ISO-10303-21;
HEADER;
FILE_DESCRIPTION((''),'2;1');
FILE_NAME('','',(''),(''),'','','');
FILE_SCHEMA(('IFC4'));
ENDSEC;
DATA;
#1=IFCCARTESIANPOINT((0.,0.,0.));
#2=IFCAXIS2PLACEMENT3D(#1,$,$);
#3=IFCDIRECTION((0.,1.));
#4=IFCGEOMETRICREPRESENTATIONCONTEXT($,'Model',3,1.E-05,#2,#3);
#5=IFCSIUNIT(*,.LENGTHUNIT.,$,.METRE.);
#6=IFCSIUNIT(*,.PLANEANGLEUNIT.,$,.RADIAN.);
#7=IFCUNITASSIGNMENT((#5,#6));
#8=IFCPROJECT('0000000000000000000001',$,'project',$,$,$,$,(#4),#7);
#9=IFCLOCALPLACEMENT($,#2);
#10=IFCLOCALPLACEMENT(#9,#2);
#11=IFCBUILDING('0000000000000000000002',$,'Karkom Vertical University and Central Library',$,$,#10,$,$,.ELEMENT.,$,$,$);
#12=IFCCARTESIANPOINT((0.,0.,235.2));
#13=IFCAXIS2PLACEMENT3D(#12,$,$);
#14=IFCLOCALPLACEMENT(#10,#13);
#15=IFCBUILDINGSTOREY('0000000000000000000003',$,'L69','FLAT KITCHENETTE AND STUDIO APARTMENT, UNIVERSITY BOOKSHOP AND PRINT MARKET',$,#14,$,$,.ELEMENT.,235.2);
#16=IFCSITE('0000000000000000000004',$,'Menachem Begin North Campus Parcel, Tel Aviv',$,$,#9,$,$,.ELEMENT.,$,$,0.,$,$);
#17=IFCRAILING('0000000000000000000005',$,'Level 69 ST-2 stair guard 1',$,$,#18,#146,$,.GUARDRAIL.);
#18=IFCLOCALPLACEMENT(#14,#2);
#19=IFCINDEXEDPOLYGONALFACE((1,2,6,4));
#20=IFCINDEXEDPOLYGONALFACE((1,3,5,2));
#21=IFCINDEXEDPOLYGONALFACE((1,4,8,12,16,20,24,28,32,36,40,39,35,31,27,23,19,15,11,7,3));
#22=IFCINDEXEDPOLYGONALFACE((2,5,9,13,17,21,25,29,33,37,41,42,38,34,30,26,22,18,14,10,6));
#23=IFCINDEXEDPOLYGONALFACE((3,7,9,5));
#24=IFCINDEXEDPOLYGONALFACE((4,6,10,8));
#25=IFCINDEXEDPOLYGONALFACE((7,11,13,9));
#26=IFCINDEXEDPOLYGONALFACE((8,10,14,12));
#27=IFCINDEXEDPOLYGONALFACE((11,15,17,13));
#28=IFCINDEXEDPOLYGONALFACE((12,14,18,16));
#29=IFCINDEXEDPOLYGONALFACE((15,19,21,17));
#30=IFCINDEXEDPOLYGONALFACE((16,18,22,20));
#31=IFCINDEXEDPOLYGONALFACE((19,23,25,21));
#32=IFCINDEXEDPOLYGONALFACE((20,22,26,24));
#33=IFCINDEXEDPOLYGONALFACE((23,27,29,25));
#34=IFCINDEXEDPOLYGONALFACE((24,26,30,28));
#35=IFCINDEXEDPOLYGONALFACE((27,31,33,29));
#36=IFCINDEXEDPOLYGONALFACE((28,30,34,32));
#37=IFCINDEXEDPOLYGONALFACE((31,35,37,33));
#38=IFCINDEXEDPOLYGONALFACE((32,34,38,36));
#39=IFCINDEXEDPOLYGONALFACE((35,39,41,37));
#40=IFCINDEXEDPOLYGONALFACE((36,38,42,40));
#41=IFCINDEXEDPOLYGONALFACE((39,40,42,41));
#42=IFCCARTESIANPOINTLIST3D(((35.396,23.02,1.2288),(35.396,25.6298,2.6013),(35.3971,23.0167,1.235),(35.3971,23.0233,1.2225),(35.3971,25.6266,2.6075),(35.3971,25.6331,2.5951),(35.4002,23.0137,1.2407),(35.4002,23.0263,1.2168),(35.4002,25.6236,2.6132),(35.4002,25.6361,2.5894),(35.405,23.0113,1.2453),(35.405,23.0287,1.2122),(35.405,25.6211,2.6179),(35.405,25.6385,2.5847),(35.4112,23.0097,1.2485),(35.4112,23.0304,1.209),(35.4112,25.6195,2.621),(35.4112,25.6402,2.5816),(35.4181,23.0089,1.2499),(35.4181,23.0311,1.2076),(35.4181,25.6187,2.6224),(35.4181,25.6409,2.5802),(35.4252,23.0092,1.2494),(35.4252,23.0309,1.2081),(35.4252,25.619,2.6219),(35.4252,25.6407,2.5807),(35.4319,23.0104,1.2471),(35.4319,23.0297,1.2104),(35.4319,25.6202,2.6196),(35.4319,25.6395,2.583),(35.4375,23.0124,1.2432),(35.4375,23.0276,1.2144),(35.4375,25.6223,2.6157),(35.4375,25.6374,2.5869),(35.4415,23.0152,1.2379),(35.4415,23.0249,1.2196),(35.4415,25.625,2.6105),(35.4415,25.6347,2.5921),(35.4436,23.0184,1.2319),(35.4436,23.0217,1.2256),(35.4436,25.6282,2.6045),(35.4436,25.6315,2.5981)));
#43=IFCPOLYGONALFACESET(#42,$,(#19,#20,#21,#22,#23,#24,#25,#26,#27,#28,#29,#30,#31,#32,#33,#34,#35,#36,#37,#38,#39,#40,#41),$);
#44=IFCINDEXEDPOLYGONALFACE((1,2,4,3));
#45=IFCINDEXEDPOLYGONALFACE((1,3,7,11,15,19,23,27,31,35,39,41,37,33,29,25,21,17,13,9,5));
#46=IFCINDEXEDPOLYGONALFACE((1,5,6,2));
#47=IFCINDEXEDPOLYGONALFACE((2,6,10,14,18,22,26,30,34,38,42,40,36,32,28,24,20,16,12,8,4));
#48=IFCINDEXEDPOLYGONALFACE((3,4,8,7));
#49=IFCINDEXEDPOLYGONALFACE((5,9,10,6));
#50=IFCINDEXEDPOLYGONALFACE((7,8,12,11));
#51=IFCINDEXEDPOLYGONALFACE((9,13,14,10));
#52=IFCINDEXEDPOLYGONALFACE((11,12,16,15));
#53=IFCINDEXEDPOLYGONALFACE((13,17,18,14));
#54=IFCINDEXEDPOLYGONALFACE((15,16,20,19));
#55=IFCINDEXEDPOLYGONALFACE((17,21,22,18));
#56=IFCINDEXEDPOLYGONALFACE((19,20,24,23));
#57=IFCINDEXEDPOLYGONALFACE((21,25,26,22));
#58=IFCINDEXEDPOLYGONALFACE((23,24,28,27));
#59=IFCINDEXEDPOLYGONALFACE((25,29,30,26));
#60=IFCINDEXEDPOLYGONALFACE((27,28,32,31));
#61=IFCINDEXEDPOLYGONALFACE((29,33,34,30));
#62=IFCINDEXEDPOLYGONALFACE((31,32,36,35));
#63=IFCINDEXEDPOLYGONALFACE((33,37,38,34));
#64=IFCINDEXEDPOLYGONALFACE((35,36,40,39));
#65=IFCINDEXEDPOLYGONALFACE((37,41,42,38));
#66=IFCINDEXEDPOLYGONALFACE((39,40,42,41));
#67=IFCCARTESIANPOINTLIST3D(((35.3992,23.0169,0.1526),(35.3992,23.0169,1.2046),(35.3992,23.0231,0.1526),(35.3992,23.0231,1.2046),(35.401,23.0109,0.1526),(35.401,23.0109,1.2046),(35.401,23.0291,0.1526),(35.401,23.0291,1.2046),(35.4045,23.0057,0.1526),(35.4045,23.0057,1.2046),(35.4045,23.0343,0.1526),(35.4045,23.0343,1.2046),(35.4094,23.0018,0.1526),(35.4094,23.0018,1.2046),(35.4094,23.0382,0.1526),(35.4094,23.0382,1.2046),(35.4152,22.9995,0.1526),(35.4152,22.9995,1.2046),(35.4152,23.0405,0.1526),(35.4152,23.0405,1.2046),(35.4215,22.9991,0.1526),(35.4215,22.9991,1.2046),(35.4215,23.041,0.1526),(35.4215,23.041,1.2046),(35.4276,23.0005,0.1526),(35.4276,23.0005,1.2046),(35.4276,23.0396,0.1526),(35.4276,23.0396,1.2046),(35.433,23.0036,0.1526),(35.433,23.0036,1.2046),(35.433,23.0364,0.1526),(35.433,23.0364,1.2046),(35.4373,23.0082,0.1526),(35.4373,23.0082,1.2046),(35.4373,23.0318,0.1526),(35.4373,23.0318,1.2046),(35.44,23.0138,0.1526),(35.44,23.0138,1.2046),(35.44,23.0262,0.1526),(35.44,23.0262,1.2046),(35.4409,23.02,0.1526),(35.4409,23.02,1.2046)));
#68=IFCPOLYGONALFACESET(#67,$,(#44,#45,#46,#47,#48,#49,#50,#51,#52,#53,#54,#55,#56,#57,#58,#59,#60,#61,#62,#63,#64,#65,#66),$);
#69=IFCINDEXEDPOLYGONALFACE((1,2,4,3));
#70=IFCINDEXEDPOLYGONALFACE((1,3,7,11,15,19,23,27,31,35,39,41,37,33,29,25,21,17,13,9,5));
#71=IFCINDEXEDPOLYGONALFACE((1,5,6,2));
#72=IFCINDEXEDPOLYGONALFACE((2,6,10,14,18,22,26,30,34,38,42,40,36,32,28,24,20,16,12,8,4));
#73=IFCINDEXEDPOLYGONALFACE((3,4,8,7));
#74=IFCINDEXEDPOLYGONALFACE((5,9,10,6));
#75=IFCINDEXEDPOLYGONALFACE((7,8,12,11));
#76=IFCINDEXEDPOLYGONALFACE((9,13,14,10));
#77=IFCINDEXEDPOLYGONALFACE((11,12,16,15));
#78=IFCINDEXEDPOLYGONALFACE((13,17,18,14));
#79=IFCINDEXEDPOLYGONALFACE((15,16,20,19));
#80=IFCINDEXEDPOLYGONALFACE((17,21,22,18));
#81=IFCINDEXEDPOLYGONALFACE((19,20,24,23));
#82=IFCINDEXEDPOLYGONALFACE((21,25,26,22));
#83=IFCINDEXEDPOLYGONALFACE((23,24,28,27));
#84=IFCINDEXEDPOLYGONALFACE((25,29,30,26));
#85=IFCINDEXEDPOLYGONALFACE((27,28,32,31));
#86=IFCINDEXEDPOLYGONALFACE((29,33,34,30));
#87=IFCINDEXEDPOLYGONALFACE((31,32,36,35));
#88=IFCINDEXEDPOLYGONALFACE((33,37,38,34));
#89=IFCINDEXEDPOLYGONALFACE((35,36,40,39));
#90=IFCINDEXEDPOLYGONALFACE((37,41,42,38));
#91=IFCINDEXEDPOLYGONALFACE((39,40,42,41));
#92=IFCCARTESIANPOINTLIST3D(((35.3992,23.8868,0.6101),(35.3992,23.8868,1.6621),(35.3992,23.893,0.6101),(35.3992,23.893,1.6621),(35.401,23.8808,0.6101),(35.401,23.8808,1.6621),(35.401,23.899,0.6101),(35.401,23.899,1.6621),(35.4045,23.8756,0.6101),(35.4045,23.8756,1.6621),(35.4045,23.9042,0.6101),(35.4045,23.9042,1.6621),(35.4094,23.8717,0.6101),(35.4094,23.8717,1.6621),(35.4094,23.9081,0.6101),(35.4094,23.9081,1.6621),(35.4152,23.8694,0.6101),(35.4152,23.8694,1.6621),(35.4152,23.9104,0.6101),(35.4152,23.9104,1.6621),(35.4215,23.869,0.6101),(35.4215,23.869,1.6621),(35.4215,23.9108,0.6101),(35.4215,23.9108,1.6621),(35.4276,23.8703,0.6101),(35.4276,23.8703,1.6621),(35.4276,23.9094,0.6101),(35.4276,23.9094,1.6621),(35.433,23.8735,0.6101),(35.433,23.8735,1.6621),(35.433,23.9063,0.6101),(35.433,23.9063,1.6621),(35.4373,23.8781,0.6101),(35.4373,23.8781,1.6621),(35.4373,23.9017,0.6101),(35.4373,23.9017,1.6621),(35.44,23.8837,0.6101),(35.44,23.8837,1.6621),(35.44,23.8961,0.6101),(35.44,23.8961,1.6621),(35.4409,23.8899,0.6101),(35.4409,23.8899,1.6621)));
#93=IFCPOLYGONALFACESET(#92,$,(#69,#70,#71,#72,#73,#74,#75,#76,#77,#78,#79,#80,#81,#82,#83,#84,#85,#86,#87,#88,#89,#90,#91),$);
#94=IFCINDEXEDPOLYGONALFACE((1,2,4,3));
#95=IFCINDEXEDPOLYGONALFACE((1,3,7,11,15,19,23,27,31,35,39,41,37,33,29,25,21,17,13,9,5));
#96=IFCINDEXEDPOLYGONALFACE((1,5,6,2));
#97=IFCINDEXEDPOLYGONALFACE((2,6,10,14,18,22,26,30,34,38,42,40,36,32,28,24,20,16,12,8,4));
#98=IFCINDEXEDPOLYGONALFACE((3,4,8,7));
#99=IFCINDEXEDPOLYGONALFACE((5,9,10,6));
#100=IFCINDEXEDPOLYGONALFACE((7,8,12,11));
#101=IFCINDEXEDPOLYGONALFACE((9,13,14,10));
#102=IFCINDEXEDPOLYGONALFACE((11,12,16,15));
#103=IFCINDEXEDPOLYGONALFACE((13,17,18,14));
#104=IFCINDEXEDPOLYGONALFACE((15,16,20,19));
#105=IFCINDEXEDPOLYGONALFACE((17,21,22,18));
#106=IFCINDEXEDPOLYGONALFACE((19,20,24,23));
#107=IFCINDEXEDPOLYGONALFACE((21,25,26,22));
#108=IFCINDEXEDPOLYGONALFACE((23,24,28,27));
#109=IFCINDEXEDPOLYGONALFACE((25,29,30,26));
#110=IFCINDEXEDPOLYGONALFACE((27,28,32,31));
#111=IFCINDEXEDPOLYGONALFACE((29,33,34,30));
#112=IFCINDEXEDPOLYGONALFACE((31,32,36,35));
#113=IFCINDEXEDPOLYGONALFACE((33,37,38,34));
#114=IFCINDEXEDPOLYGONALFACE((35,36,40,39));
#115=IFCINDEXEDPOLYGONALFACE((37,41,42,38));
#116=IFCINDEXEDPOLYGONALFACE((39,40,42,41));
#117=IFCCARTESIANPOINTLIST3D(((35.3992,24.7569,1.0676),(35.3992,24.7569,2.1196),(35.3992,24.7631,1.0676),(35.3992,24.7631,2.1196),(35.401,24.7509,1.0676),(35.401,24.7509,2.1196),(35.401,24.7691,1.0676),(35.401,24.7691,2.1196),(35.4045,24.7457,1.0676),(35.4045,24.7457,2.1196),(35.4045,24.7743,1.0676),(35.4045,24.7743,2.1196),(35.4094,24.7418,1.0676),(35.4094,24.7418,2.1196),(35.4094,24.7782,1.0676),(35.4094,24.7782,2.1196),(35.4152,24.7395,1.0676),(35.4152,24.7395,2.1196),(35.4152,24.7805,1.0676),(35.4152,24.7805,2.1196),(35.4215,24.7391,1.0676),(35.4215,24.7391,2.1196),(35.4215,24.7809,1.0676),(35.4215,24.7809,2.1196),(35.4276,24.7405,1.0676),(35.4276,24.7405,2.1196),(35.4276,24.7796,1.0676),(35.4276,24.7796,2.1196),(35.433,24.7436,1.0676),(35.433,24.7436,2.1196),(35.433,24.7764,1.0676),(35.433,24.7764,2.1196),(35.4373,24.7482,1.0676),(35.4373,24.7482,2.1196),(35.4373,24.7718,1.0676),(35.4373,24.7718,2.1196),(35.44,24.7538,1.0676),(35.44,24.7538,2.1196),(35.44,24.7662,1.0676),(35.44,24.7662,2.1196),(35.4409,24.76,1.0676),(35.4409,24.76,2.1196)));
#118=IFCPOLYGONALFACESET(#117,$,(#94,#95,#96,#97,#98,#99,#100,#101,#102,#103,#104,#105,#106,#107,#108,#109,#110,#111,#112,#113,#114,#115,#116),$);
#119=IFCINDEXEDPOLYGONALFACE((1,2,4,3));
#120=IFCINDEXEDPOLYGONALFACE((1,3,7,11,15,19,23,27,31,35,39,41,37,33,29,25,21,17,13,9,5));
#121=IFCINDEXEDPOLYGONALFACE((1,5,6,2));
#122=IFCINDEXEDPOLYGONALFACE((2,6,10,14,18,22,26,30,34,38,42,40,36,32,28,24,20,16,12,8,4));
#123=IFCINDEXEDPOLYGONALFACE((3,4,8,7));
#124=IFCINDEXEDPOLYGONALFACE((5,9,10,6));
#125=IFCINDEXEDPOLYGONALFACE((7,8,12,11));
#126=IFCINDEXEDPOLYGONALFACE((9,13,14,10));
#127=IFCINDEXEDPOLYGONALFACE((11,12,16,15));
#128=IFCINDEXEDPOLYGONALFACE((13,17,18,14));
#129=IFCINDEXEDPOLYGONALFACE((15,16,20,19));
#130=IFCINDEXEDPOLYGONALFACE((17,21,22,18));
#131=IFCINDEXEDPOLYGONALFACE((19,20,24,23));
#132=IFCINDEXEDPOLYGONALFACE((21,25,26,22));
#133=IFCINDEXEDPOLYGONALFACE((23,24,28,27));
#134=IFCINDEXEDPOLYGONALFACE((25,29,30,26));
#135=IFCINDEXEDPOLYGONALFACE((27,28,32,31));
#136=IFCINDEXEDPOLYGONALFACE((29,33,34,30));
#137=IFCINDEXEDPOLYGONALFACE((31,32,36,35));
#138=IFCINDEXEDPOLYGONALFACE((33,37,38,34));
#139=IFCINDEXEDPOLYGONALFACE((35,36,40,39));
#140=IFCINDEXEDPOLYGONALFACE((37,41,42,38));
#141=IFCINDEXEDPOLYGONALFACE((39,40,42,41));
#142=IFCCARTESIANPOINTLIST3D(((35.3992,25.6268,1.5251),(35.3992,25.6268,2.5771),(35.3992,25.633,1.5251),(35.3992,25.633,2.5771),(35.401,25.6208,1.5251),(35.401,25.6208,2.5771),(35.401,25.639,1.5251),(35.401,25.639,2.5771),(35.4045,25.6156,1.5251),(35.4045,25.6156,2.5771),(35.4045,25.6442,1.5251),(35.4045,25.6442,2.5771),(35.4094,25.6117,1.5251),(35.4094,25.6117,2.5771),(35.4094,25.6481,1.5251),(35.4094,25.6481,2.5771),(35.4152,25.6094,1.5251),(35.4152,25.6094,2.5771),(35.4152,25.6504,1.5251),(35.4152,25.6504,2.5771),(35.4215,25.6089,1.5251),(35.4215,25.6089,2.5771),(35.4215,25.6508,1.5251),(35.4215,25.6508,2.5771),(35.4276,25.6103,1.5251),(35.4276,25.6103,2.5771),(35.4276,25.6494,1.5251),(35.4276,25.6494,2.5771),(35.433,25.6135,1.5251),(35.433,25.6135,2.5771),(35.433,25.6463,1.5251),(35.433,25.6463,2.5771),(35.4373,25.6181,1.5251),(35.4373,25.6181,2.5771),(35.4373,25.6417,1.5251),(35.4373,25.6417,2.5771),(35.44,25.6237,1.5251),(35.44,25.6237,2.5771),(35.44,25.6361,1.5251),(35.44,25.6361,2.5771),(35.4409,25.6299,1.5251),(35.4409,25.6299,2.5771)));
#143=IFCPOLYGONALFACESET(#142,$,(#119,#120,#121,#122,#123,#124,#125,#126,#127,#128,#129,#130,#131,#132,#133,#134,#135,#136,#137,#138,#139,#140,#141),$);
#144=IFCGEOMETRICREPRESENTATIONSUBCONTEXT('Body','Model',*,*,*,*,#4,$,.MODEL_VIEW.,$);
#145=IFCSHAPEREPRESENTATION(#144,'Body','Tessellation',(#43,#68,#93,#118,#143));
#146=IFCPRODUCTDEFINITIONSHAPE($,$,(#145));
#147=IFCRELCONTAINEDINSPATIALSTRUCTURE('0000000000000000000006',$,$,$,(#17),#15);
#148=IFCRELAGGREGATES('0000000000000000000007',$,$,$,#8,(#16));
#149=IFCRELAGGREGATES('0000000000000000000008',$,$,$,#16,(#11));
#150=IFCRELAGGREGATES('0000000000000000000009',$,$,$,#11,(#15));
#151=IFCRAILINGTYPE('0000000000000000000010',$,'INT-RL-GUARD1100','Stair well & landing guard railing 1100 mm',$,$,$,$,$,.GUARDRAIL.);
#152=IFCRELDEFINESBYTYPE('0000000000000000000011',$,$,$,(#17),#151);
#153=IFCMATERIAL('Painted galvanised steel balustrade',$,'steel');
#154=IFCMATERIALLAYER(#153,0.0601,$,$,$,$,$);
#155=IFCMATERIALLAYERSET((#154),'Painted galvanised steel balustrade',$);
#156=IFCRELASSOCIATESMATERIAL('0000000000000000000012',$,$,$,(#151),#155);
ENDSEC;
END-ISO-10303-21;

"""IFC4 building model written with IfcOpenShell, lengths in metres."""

from ifc_helpers import new_model, si_unit, direction, frame, origin, origin_2d, place, context, subcontext, project, spatial, circle, extrude, material, layer, layer_set, type_object, element, save


model = new_model("IFC4")

# Units and contexts
model_context = context("Model", 3, precision=1e-05, world=origin(), true_north=direction((0.0, 1.0)))
body_context = subcontext(model_context, "Body", "Model", "MODEL_VIEW")
ifc_project = project(units=[si_unit("LENGTHUNIT", "METRE"), si_unit("PLANEANGLEUNIT", "RADIAN")], contexts=[model_context])

# Site, building, storey
site_placement = place(None, origin())
site = spatial("IfcSite", under=ifc_project, at=site_placement, Name="Menachem Begin North Campus Parcel, Tel Aviv", CompositionType="ELEMENT", RefElevation=0.0)
building_placement = place(site_placement, origin())
building = spatial("IfcBuilding", under=site, at=building_placement, Name="Karkom Vertical University and Central Library", CompositionType="ELEMENT")
storey_placement = place(building_placement, frame((0.0, 0.0, 235.2)))
storey = spatial("IfcBuildingStorey", under=building, at=storey_placement, Name="L69", Description="FLAT KITCHENETTE AND STUDIO APARTMENT, UNIVERSITY BOOKSHOP AND PRINT MARKET", CompositionType="ELEMENT", Elevation=235.2)

# Railing
ifc_material_1 = material(Name="Painted galvanised steel balustrade", Category="steel")
ifc_layer_1 = layer(ifc_material_1, 0.0601)
ifc_layer_set_1 = layer_set([ifc_layer_1], Name="Painted galvanised steel balustrade")
railing_type_1 = type_object("IfcRailingType", Name="INT-RL-GUARD1100", Description="Stair well & landing guard railing 1100 mm", PredefinedType="GUARDRAIL", material=ifc_layer_set_1)
railing_1_placement = place(storey_placement, frame((35.4199, 23.02, 0.1526)))
element("IfcRailing", 1, at=railing_1_placement, inside=storey, type_object=railing_type_1, Name="Level 69 ST-2 stair guard 1", PredefinedType="GUARDRAIL", context=body_context, shape_type="SweptSolid", body=[
    extrude(circle(Radius=0.0239, at=origin_2d()), frame((0.0, 0.0, 1.0762), z_axis=(0.0, 0.885065, 0.465467), x_axis=(-1.0, 0.0, 0.0)), (0.0, 0.0, 1.0), 2.9487),
    extrude(circle(Radius=0.021, at=origin_2d()), origin(), (0.0, 0.0, 1.0), 1.052),
    extrude(circle(Radius=0.021, at=origin_2d()), frame((0.0, 0.8699, 0.4575)), (0.0, 0.0, 1.0), 1.052),
    extrude(circle(Radius=0.021, at=origin_2d()), frame((0.0, 1.74, 0.915)), (0.0, 0.0, 1.0), 1.052),
    extrude(circle(Radius=0.021, at=origin_2d()), frame((0.0, 2.6099, 1.3726)), (0.0, 0.0, 1.0), 1.052),
])

save(model, "model.ifc")
